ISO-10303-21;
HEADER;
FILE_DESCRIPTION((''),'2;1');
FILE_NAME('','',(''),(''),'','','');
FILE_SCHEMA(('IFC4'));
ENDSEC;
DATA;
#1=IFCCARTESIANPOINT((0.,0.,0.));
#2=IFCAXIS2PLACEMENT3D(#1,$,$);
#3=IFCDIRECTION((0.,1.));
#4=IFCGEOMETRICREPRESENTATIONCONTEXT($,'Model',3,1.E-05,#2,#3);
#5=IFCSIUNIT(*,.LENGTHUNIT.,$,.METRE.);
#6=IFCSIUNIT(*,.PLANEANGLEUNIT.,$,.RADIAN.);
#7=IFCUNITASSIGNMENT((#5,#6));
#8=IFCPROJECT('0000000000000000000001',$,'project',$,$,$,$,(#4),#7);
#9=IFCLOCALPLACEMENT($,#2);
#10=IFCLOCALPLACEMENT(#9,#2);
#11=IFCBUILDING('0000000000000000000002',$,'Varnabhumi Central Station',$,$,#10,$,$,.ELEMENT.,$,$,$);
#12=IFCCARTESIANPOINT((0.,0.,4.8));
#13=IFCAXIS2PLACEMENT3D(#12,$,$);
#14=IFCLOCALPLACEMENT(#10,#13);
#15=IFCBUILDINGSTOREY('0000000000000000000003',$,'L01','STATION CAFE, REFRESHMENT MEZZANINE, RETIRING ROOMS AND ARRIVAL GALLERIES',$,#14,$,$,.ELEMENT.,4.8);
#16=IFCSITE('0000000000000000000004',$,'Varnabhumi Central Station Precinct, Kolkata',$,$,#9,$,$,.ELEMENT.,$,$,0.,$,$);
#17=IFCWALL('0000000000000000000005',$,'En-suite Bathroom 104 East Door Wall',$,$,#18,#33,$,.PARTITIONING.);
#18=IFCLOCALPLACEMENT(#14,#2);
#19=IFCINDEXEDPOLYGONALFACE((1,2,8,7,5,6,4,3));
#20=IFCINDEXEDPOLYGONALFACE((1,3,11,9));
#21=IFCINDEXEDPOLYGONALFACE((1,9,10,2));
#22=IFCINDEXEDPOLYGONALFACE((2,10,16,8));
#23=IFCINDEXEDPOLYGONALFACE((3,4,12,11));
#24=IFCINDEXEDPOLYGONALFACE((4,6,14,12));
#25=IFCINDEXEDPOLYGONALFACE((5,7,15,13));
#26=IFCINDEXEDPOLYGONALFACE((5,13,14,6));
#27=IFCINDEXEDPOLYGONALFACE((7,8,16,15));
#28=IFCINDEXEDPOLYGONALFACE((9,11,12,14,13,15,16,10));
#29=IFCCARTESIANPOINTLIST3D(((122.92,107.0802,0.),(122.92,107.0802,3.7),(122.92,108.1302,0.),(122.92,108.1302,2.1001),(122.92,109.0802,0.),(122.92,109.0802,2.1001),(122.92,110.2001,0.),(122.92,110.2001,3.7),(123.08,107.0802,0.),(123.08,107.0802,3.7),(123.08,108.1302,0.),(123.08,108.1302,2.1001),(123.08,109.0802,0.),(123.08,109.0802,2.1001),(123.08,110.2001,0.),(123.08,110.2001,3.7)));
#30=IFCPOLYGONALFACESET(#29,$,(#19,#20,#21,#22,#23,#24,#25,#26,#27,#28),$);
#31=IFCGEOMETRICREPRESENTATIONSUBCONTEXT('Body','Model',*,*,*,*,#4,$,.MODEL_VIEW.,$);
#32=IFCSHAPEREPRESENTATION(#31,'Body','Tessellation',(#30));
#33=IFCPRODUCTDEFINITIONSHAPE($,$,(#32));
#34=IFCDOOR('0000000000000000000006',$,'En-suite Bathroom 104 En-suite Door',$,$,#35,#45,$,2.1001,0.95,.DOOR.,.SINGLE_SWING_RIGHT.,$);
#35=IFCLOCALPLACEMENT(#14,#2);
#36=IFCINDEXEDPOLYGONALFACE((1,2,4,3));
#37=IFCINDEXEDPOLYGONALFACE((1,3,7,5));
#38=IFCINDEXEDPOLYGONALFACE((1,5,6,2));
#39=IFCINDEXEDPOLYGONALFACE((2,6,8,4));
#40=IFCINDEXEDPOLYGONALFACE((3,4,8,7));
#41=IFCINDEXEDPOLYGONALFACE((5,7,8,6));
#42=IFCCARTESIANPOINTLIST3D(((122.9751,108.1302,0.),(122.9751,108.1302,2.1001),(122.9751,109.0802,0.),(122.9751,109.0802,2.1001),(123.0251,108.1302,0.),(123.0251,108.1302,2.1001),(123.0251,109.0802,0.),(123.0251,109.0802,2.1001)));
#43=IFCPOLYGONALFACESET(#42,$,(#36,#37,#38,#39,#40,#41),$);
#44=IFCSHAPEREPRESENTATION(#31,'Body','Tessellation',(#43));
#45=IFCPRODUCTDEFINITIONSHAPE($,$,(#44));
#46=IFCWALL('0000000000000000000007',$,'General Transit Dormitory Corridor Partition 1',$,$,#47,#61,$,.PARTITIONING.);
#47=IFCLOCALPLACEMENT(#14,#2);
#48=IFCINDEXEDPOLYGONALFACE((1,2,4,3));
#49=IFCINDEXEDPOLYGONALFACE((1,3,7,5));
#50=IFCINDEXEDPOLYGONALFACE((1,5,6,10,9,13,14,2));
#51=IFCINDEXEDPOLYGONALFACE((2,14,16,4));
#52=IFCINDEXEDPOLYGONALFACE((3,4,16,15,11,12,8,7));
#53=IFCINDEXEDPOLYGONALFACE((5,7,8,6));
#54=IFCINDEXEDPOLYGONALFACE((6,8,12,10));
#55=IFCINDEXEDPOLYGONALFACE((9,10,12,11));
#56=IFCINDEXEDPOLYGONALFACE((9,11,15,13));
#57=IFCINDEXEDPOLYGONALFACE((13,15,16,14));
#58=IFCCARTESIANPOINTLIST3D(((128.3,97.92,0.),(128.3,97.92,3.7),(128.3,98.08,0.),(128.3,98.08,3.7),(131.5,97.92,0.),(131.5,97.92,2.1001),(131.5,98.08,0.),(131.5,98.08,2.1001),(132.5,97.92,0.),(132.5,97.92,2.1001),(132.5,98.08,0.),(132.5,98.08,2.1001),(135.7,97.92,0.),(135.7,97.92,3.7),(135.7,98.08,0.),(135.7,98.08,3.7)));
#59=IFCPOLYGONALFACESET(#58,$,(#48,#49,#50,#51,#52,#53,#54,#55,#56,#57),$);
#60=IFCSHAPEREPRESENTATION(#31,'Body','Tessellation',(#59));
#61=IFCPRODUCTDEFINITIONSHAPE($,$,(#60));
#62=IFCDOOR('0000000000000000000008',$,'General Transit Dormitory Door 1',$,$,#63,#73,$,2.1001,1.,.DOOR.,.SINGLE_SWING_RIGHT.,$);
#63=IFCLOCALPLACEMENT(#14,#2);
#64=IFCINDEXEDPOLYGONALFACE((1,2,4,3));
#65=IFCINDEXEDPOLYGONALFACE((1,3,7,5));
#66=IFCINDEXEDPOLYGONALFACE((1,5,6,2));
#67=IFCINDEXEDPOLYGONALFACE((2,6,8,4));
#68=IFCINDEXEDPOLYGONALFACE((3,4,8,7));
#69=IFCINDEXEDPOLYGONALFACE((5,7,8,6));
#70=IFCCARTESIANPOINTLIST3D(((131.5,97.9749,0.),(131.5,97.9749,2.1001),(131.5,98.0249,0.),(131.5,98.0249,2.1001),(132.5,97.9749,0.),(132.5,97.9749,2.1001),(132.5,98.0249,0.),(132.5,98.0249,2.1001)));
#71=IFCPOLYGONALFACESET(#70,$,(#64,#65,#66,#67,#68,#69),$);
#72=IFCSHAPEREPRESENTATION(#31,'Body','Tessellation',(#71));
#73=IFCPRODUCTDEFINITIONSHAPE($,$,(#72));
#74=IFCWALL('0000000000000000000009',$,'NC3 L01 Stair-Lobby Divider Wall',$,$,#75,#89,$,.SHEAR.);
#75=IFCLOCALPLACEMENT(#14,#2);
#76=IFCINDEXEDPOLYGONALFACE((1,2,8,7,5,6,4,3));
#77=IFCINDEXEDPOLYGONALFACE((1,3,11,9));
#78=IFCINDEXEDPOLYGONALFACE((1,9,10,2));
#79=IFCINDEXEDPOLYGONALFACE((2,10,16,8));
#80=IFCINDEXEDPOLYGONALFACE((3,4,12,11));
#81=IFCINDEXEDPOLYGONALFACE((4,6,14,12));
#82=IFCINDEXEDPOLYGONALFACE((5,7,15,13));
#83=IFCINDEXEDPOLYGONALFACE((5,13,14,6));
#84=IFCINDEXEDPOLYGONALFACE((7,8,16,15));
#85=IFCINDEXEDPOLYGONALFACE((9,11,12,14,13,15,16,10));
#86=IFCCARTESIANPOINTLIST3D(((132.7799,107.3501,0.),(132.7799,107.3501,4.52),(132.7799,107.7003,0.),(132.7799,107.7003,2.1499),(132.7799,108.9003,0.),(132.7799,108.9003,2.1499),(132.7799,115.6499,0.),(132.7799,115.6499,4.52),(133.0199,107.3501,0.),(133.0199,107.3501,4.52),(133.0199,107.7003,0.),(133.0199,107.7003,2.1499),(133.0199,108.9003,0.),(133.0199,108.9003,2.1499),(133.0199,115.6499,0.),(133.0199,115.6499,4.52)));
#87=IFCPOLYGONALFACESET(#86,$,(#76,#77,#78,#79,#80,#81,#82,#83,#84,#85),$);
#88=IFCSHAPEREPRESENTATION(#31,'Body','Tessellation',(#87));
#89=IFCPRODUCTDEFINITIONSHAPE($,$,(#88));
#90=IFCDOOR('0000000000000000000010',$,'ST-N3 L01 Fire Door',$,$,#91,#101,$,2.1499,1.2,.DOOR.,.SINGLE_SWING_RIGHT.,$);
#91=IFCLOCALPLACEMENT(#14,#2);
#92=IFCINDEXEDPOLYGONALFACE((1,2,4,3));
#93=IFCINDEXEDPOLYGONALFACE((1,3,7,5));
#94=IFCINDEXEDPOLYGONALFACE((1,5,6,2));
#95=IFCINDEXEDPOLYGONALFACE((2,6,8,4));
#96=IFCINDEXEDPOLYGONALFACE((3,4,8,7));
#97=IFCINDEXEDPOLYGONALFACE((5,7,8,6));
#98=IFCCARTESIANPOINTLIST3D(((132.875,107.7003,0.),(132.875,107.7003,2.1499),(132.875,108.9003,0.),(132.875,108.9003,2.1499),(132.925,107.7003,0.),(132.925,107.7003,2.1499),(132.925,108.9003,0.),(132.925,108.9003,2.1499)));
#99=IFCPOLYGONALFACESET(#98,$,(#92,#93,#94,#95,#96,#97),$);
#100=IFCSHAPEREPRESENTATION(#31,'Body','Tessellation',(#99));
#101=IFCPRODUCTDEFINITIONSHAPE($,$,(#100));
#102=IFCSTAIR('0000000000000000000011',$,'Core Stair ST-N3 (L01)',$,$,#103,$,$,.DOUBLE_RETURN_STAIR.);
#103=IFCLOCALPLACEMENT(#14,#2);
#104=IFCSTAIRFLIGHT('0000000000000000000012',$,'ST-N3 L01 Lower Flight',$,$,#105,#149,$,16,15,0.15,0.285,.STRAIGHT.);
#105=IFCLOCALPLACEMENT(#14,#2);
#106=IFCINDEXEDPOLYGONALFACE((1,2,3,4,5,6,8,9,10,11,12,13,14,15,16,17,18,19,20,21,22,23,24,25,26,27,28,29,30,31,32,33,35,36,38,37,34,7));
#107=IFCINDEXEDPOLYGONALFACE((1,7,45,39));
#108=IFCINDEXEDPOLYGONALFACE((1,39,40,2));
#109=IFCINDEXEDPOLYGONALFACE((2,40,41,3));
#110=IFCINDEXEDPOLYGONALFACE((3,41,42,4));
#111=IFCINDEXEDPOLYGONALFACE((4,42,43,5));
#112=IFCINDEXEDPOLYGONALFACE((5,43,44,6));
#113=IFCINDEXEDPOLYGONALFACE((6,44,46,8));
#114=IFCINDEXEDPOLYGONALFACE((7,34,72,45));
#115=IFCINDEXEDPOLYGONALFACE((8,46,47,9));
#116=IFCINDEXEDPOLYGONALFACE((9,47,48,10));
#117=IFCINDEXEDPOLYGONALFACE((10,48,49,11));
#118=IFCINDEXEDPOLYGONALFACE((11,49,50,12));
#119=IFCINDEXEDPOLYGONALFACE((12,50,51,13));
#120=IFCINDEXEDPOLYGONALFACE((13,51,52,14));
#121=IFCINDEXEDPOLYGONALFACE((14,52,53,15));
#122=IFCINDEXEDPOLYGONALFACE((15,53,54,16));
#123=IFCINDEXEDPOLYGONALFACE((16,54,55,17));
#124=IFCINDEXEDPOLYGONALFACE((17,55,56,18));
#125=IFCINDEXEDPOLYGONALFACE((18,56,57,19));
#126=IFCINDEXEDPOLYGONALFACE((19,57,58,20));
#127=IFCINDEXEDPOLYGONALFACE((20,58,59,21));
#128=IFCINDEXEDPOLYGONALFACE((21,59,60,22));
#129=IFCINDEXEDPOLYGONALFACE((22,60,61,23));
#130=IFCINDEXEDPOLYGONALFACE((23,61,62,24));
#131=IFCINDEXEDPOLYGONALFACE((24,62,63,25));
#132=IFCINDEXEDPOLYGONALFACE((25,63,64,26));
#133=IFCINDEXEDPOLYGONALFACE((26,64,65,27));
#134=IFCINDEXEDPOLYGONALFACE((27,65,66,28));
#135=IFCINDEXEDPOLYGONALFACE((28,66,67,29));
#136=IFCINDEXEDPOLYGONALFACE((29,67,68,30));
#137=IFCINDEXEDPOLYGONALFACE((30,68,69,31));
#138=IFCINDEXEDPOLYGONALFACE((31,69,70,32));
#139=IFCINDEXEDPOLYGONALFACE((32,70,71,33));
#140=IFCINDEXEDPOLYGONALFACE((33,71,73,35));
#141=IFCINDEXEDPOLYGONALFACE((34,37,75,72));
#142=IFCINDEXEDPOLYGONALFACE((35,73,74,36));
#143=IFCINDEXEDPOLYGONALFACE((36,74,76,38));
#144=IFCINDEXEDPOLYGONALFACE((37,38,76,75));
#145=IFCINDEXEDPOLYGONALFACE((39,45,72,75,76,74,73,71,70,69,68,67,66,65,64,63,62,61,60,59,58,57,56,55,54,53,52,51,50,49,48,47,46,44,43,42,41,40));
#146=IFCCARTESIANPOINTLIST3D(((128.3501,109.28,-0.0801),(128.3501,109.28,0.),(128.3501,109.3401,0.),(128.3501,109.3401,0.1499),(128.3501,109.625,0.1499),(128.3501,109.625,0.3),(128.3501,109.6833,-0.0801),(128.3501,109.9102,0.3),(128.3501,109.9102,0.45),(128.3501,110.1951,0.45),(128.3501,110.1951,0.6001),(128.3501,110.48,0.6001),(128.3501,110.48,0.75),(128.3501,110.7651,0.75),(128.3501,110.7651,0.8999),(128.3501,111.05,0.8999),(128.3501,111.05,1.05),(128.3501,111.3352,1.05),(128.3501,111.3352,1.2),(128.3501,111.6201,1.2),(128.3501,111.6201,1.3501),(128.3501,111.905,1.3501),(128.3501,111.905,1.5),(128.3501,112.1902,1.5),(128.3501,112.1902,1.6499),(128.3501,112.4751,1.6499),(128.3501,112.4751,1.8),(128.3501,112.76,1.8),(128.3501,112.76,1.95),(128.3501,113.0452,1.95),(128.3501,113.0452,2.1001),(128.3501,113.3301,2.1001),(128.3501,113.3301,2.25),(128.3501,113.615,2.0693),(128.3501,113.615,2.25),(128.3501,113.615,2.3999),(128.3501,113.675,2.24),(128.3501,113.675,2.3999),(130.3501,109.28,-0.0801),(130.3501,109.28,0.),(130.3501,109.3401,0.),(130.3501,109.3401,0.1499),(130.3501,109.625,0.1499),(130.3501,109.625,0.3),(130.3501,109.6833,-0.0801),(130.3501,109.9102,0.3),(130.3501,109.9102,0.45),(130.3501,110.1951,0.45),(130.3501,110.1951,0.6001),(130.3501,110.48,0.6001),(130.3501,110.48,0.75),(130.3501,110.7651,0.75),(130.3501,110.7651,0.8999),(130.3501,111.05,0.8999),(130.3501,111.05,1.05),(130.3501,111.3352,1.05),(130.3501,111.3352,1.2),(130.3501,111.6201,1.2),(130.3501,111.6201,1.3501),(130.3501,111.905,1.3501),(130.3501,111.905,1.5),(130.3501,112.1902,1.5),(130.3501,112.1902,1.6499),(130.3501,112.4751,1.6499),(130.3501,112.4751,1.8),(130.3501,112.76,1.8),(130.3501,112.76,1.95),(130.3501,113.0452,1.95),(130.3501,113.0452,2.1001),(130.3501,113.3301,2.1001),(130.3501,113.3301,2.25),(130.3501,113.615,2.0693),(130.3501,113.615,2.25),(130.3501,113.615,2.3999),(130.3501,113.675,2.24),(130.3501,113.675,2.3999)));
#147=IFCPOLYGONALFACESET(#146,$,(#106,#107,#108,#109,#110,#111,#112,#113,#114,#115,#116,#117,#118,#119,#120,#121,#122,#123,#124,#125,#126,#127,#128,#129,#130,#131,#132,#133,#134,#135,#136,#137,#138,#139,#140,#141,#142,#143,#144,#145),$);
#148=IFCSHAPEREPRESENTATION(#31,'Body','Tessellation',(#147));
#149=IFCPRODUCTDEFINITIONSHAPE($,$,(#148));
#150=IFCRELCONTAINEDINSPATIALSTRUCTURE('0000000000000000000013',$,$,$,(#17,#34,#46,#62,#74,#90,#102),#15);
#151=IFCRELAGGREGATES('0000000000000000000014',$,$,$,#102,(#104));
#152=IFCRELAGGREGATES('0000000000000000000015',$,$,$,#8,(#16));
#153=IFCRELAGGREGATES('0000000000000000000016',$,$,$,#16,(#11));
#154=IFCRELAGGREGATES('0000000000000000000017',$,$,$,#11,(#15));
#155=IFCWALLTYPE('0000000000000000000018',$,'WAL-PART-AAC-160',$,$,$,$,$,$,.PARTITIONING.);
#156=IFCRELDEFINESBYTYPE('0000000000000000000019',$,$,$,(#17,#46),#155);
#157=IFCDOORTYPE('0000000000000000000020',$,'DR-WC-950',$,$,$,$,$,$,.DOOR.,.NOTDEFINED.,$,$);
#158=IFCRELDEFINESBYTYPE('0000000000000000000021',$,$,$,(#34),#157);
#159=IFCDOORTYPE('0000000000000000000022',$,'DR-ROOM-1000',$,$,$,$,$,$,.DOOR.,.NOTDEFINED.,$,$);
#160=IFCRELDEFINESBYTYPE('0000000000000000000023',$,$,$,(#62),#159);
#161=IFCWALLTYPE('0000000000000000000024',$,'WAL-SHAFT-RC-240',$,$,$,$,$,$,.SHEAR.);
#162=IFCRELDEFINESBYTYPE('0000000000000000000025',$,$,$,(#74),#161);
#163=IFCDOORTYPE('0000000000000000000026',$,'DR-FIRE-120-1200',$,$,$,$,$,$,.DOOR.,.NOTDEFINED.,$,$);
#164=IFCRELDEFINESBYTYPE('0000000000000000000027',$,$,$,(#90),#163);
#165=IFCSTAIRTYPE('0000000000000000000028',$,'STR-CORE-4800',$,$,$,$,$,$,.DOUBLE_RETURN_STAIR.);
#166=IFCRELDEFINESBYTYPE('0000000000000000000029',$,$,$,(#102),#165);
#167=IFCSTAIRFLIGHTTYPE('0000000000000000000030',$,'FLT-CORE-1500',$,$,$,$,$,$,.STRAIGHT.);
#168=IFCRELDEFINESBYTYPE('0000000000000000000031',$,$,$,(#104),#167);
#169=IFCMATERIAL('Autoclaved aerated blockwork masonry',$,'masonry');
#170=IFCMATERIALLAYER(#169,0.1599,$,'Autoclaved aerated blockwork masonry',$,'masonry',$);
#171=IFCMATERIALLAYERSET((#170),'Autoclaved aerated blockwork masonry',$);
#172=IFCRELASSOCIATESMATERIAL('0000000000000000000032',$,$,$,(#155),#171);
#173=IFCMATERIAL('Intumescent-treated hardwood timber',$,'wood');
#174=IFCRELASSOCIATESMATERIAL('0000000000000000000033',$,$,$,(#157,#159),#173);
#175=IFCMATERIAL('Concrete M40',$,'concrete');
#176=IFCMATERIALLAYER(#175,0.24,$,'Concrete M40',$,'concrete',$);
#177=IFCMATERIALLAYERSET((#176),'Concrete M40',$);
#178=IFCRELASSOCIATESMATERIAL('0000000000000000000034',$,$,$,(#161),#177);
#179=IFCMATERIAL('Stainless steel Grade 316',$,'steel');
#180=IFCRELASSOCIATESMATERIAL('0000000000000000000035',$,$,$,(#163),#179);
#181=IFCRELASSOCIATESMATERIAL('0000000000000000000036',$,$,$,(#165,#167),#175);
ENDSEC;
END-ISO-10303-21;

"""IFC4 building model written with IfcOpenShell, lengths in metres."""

from ifc_helpers import new_model, si_unit, direction, frame, frame_2d, origin, place, context, subcontext, project, spatial, polyline, rectangle, outline, extrude, material, layer, layer_set, type_object, element, fill, aggregate, save


model = new_model("IFC4")

# Units and contexts
model_context = context("Model", 3, precision=1e-05, world=origin(), true_north=direction((0.0, 1.0)))
body_context = subcontext(model_context, "Body", "Model", "MODEL_VIEW")
ifc_project = project(units=[si_unit("LENGTHUNIT", "METRE"), si_unit("PLANEANGLEUNIT", "RADIAN")], contexts=[model_context])

# Site, building, storey
site_placement = place(None, origin())
site = spatial("IfcSite", under=ifc_project, at=site_placement, Name="Varnabhumi Central Station Precinct, Kolkata", CompositionType="ELEMENT", RefElevation=0.0)
building_placement = place(site_placement, origin())
building = spatial("IfcBuilding", under=site, at=building_placement, Name="Varnabhumi Central Station", CompositionType="ELEMENT")
storey_placement = place(building_placement, frame((0.0, 0.0, 4.8)))
storey = spatial("IfcBuildingStorey", under=building, at=storey_placement, Name="L01", Description="STATION CAFE, REFRESHMENT MEZZANINE, RETIRING ROOMS AND ARRIVAL GALLERIES", CompositionType="ELEMENT", Elevation=4.8)

# Shared definitions
ifc_material_1 = material(Name="Concrete M40", Category="concrete")

# Walls, openings, doors
ifc_material_2 = material(Name="Intumescent-treated hardwood timber", Category="wood")
ifc_material_3 = material(Name="Autoclaved aerated blockwork masonry", Category="masonry")
ifc_layer_1 = layer(ifc_material_3, 0.1599, Name="Autoclaved aerated blockwork masonry", Category="masonry")
ifc_layer_set_1 = layer_set([ifc_layer_1], Name="Autoclaved aerated blockwork masonry")
wall_type_1 = type_object("IfcWallType", Name="WAL-PART-AAC-160", PredefinedType="PARTITIONING", material=ifc_layer_set_1)
wall_1_placement = place(storey_placement, frame((123.0, 107.0801, 0.0), z_axis=(0.0, 0.0, 1.0), x_axis=(0.0, 1.0, 0.0)))
wall_1 = element("IfcWall", 1, at=wall_1_placement, inside=storey, type_object=wall_type_1, Name="En-suite Bathroom 104 East Door Wall", PredefinedType="PARTITIONING", context=body_context, shape_type="SweptSolid", body=[
    extrude(rectangle(XDim=3.1199, YDim=0.1599, at=frame_2d((1.5601, 0.0))), origin(), (0.0, 0.0, 1.0), 3.7),
])
opening_1_placement = place(wall_1_placement, frame((1.05, 0.0, 0.0)))
opening_1 = element("IfcOpeningElement", 2, at=opening_1_placement, cuts=wall_1, PredefinedType="OPENING", context=body_context, shape_type="SweptSolid", body=[
    extrude(rectangle(XDim=0.95, YDim=2.1001, at=frame_2d((0.4751, 1.05))), frame((0.0, 0.0898, 0.0), z_axis=(0.0, -1.0, 0.0), x_axis=(1.0, 0.0, 0.0)), (0.0, 0.0, 1.0), 0.1799),
])
door_type_1 = type_object("IfcDoorType", Name="DR-WC-950", OperationType="NOTDEFINED", PredefinedType="DOOR", material=ifc_material_2)
door_1_placement = place(opening_1_placement, origin())
door_1 = element("IfcDoor", 3, at=door_1_placement, inside=storey, type_object=door_type_1, Name="En-suite Bathroom 104 En-suite Door", OperationType="SINGLE_SWING_RIGHT", OverallHeight=2.1001, OverallWidth=0.95, PredefinedType="DOOR", context=body_context, shape_type="SweptSolid", body=[
    extrude(rectangle(XDim=0.95, YDim=2.1001, at=frame_2d((0.4751, 1.05))), frame((0.0, 0.0249, 0.0), z_axis=(0.0, -1.0, 0.0), x_axis=(1.0, 0.0, 0.0)), (0.0, 0.0, 1.0), 0.05),
])
fill(opening_1, door_1)
wall_2_placement = place(storey_placement, frame((128.3, 98.0, 0.0), z_axis=(0.0, 0.0, 1.0), x_axis=(1.0, 0.0, 0.0)))
wall_2 = element("IfcWall", 4, at=wall_2_placement, inside=storey, type_object=wall_type_1, Name="General Transit Dormitory Corridor Partition 1", PredefinedType="PARTITIONING", context=body_context, shape_type="SweptSolid", body=[
    extrude(rectangle(XDim=7.3999, YDim=0.1599, at=frame_2d((3.7, 0.0))), origin(), (0.0, 0.0, 1.0), 3.7),
])
opening_2_placement = place(wall_2_placement, frame((3.2, 0.0, 0.0)))
opening_2 = element("IfcOpeningElement", 5, at=opening_2_placement, cuts=wall_2, PredefinedType="OPENING", context=body_context, shape_type="SweptSolid", body=[
    extrude(rectangle(XDim=1.0, YDim=2.1001, at=frame_2d((0.5, 1.05))), frame((0.0, 0.0898, 0.0), z_axis=(0.0, -1.0, 0.0), x_axis=(1.0, 0.0, 0.0)), (0.0, 0.0, 1.0), 0.1799),
])
door_type_2 = type_object("IfcDoorType", Name="DR-ROOM-1000", OperationType="NOTDEFINED", PredefinedType="DOOR", material=ifc_material_2)
door_2_placement = place(opening_2_placement, origin())
door_2 = element("IfcDoor", 6, at=door_2_placement, inside=storey, type_object=door_type_2, Name="General Transit Dormitory Door 1", OperationType="SINGLE_SWING_RIGHT", OverallHeight=2.1001, OverallWidth=1.0, PredefinedType="DOOR", context=body_context, shape_type="SweptSolid", body=[
    extrude(rectangle(XDim=1.0, YDim=2.1001, at=frame_2d((0.5, 1.05))), frame((0.0, 0.0249, 0.0), z_axis=(0.0, -1.0, 0.0), x_axis=(1.0, 0.0, 0.0)), (0.0, 0.0, 1.0), 0.05),
])
fill(opening_2, door_2)
ifc_layer_2 = layer(ifc_material_1, 0.24, Name="Concrete M40", Category="concrete")
ifc_layer_set_2 = layer_set([ifc_layer_2], Name="Concrete M40")
wall_type_2 = type_object("IfcWallType", Name="WAL-SHAFT-RC-240", PredefinedType="SHEAR", material=ifc_layer_set_2)
wall_3_placement = place(storey_placement, frame((132.8999, 107.3501, 0.0), z_axis=(0.0, 0.0, 1.0), x_axis=(0.0, 1.0, 0.0)))
wall_3 = element("IfcWall", 7, at=wall_3_placement, inside=storey, type_object=wall_type_2, Name="NC3 L01 Stair-Lobby Divider Wall", PredefinedType="SHEAR", context=body_context, shape_type="SweptSolid", body=[
    extrude(rectangle(XDim=8.2998, YDim=0.24, at=frame_2d((4.1499, 0.0))), origin(), (0.0, 0.0, 1.0), 4.52),
])
opening_3_placement = place(wall_3_placement, frame((0.3501, 0.0, 0.0)))
opening_3 = element("IfcOpeningElement", 8, at=opening_3_placement, cuts=wall_3, PredefinedType="OPENING", context=body_context, shape_type="SweptSolid", body=[
    extrude(rectangle(XDim=1.2, YDim=2.1499, at=frame_2d((0.6001, 1.075))), frame((0.0, 0.1299, 0.0), z_axis=(0.0, -1.0, 0.0), x_axis=(1.0, 0.0, 0.0)), (0.0, 0.0, 1.0), 0.26),
])
ifc_material_4 = material(Name="Stainless steel Grade 316", Category="steel")
door_type_3 = type_object("IfcDoorType", Name="DR-FIRE-120-1200", OperationType="NOTDEFINED", PredefinedType="DOOR", material=ifc_material_4)
door_3_placement = place(opening_3_placement, origin())
door_3 = element("IfcDoor", 9, at=door_3_placement, inside=storey, type_object=door_type_3, Name="ST-N3 L01 Fire Door", OperationType="SINGLE_SWING_RIGHT", OverallHeight=2.1499, OverallWidth=1.2, PredefinedType="DOOR", context=body_context, shape_type="SweptSolid", body=[
    extrude(rectangle(XDim=1.2, YDim=2.1499, at=frame_2d((0.6001, 1.075))), frame((0.0, 0.0249, 0.0), z_axis=(0.0, -1.0, 0.0), x_axis=(1.0, 0.0, 0.0)), (0.0, 0.0, 1.0), 0.05),
])
fill(opening_3, door_3)

# Stair, stair flight
stair_type = type_object("IfcStairType", Name="STR-CORE-4800", PredefinedType="DOUBLE_RETURN_STAIR", material=ifc_material_1)
stair_placement = place(storey_placement, origin())
stair = element("IfcStair", 10, at=stair_placement, inside=storey, type_object=stair_type, Name="Core Stair ST-N3 (L01)", PredefinedType="DOUBLE_RETURN_STAIR")
stair_flight_type = type_object("IfcStairFlightType", Name="FLT-CORE-1500", PredefinedType="STRAIGHT", material=ifc_material_1)
stair_flight_placement = place(storey_placement, frame((129.3501, 109.3401, 0.0), z_axis=(0.0, 0.0, 1.0), x_axis=(0.0, 1.0, 0.0)))
stair_flight = element("IfcStairFlight", 11, at=stair_flight_placement, type_object=stair_flight_type, Name="ST-N3 L01 Lower Flight", NumberOfRisers=16, NumberOfTreads=15, PredefinedType="STRAIGHT", RiserHeight=0.15, TreadLength=0.285, context=body_context, shape_type="SweptSolid", body=[
    extrude(outline(polyline([(-0.0601, -0.0801), (-0.0601, 0.0), (0.0, 0.0), (0.0, 0.1499), (0.2849, 0.1499), (0.2849, 0.3), (0.5701, 0.3), (0.5701, 0.45), (0.855, 0.45), (0.855, 0.6001), (1.1399, 0.6001), (1.1399, 0.75), (1.425, 0.75), (1.425, 0.8999), (1.71, 0.8999), (1.71, 1.05), (1.9951, 1.05), (1.9951, 1.2), (2.28, 1.2), (2.28, 1.3501), (2.5649, 1.3501), (2.5649, 1.5), (2.8501, 1.5), (2.8501, 1.6499), (3.135, 1.6499), (3.135, 1.8), (3.4199, 1.8), (3.4199, 1.95), (3.7051, 1.95), (3.7051, 2.1001), (3.99, 2.1001), (3.99, 2.25), (4.2749, 2.25), (4.2749, 2.3999), (4.335, 2.3999), (4.335, 2.24), (4.2749, 2.0693), (0.3433, -0.0801), (-0.0601, -0.0801)])), frame((0.0, 1.0, 0.0), z_axis=(0.0, -1.0, 0.0), x_axis=(1.0, 0.0, 0.0)), (0.0, 0.0, 1.0), 2.0),
])
aggregate(stair, [stair_flight])

save(model, "model.ifc")
